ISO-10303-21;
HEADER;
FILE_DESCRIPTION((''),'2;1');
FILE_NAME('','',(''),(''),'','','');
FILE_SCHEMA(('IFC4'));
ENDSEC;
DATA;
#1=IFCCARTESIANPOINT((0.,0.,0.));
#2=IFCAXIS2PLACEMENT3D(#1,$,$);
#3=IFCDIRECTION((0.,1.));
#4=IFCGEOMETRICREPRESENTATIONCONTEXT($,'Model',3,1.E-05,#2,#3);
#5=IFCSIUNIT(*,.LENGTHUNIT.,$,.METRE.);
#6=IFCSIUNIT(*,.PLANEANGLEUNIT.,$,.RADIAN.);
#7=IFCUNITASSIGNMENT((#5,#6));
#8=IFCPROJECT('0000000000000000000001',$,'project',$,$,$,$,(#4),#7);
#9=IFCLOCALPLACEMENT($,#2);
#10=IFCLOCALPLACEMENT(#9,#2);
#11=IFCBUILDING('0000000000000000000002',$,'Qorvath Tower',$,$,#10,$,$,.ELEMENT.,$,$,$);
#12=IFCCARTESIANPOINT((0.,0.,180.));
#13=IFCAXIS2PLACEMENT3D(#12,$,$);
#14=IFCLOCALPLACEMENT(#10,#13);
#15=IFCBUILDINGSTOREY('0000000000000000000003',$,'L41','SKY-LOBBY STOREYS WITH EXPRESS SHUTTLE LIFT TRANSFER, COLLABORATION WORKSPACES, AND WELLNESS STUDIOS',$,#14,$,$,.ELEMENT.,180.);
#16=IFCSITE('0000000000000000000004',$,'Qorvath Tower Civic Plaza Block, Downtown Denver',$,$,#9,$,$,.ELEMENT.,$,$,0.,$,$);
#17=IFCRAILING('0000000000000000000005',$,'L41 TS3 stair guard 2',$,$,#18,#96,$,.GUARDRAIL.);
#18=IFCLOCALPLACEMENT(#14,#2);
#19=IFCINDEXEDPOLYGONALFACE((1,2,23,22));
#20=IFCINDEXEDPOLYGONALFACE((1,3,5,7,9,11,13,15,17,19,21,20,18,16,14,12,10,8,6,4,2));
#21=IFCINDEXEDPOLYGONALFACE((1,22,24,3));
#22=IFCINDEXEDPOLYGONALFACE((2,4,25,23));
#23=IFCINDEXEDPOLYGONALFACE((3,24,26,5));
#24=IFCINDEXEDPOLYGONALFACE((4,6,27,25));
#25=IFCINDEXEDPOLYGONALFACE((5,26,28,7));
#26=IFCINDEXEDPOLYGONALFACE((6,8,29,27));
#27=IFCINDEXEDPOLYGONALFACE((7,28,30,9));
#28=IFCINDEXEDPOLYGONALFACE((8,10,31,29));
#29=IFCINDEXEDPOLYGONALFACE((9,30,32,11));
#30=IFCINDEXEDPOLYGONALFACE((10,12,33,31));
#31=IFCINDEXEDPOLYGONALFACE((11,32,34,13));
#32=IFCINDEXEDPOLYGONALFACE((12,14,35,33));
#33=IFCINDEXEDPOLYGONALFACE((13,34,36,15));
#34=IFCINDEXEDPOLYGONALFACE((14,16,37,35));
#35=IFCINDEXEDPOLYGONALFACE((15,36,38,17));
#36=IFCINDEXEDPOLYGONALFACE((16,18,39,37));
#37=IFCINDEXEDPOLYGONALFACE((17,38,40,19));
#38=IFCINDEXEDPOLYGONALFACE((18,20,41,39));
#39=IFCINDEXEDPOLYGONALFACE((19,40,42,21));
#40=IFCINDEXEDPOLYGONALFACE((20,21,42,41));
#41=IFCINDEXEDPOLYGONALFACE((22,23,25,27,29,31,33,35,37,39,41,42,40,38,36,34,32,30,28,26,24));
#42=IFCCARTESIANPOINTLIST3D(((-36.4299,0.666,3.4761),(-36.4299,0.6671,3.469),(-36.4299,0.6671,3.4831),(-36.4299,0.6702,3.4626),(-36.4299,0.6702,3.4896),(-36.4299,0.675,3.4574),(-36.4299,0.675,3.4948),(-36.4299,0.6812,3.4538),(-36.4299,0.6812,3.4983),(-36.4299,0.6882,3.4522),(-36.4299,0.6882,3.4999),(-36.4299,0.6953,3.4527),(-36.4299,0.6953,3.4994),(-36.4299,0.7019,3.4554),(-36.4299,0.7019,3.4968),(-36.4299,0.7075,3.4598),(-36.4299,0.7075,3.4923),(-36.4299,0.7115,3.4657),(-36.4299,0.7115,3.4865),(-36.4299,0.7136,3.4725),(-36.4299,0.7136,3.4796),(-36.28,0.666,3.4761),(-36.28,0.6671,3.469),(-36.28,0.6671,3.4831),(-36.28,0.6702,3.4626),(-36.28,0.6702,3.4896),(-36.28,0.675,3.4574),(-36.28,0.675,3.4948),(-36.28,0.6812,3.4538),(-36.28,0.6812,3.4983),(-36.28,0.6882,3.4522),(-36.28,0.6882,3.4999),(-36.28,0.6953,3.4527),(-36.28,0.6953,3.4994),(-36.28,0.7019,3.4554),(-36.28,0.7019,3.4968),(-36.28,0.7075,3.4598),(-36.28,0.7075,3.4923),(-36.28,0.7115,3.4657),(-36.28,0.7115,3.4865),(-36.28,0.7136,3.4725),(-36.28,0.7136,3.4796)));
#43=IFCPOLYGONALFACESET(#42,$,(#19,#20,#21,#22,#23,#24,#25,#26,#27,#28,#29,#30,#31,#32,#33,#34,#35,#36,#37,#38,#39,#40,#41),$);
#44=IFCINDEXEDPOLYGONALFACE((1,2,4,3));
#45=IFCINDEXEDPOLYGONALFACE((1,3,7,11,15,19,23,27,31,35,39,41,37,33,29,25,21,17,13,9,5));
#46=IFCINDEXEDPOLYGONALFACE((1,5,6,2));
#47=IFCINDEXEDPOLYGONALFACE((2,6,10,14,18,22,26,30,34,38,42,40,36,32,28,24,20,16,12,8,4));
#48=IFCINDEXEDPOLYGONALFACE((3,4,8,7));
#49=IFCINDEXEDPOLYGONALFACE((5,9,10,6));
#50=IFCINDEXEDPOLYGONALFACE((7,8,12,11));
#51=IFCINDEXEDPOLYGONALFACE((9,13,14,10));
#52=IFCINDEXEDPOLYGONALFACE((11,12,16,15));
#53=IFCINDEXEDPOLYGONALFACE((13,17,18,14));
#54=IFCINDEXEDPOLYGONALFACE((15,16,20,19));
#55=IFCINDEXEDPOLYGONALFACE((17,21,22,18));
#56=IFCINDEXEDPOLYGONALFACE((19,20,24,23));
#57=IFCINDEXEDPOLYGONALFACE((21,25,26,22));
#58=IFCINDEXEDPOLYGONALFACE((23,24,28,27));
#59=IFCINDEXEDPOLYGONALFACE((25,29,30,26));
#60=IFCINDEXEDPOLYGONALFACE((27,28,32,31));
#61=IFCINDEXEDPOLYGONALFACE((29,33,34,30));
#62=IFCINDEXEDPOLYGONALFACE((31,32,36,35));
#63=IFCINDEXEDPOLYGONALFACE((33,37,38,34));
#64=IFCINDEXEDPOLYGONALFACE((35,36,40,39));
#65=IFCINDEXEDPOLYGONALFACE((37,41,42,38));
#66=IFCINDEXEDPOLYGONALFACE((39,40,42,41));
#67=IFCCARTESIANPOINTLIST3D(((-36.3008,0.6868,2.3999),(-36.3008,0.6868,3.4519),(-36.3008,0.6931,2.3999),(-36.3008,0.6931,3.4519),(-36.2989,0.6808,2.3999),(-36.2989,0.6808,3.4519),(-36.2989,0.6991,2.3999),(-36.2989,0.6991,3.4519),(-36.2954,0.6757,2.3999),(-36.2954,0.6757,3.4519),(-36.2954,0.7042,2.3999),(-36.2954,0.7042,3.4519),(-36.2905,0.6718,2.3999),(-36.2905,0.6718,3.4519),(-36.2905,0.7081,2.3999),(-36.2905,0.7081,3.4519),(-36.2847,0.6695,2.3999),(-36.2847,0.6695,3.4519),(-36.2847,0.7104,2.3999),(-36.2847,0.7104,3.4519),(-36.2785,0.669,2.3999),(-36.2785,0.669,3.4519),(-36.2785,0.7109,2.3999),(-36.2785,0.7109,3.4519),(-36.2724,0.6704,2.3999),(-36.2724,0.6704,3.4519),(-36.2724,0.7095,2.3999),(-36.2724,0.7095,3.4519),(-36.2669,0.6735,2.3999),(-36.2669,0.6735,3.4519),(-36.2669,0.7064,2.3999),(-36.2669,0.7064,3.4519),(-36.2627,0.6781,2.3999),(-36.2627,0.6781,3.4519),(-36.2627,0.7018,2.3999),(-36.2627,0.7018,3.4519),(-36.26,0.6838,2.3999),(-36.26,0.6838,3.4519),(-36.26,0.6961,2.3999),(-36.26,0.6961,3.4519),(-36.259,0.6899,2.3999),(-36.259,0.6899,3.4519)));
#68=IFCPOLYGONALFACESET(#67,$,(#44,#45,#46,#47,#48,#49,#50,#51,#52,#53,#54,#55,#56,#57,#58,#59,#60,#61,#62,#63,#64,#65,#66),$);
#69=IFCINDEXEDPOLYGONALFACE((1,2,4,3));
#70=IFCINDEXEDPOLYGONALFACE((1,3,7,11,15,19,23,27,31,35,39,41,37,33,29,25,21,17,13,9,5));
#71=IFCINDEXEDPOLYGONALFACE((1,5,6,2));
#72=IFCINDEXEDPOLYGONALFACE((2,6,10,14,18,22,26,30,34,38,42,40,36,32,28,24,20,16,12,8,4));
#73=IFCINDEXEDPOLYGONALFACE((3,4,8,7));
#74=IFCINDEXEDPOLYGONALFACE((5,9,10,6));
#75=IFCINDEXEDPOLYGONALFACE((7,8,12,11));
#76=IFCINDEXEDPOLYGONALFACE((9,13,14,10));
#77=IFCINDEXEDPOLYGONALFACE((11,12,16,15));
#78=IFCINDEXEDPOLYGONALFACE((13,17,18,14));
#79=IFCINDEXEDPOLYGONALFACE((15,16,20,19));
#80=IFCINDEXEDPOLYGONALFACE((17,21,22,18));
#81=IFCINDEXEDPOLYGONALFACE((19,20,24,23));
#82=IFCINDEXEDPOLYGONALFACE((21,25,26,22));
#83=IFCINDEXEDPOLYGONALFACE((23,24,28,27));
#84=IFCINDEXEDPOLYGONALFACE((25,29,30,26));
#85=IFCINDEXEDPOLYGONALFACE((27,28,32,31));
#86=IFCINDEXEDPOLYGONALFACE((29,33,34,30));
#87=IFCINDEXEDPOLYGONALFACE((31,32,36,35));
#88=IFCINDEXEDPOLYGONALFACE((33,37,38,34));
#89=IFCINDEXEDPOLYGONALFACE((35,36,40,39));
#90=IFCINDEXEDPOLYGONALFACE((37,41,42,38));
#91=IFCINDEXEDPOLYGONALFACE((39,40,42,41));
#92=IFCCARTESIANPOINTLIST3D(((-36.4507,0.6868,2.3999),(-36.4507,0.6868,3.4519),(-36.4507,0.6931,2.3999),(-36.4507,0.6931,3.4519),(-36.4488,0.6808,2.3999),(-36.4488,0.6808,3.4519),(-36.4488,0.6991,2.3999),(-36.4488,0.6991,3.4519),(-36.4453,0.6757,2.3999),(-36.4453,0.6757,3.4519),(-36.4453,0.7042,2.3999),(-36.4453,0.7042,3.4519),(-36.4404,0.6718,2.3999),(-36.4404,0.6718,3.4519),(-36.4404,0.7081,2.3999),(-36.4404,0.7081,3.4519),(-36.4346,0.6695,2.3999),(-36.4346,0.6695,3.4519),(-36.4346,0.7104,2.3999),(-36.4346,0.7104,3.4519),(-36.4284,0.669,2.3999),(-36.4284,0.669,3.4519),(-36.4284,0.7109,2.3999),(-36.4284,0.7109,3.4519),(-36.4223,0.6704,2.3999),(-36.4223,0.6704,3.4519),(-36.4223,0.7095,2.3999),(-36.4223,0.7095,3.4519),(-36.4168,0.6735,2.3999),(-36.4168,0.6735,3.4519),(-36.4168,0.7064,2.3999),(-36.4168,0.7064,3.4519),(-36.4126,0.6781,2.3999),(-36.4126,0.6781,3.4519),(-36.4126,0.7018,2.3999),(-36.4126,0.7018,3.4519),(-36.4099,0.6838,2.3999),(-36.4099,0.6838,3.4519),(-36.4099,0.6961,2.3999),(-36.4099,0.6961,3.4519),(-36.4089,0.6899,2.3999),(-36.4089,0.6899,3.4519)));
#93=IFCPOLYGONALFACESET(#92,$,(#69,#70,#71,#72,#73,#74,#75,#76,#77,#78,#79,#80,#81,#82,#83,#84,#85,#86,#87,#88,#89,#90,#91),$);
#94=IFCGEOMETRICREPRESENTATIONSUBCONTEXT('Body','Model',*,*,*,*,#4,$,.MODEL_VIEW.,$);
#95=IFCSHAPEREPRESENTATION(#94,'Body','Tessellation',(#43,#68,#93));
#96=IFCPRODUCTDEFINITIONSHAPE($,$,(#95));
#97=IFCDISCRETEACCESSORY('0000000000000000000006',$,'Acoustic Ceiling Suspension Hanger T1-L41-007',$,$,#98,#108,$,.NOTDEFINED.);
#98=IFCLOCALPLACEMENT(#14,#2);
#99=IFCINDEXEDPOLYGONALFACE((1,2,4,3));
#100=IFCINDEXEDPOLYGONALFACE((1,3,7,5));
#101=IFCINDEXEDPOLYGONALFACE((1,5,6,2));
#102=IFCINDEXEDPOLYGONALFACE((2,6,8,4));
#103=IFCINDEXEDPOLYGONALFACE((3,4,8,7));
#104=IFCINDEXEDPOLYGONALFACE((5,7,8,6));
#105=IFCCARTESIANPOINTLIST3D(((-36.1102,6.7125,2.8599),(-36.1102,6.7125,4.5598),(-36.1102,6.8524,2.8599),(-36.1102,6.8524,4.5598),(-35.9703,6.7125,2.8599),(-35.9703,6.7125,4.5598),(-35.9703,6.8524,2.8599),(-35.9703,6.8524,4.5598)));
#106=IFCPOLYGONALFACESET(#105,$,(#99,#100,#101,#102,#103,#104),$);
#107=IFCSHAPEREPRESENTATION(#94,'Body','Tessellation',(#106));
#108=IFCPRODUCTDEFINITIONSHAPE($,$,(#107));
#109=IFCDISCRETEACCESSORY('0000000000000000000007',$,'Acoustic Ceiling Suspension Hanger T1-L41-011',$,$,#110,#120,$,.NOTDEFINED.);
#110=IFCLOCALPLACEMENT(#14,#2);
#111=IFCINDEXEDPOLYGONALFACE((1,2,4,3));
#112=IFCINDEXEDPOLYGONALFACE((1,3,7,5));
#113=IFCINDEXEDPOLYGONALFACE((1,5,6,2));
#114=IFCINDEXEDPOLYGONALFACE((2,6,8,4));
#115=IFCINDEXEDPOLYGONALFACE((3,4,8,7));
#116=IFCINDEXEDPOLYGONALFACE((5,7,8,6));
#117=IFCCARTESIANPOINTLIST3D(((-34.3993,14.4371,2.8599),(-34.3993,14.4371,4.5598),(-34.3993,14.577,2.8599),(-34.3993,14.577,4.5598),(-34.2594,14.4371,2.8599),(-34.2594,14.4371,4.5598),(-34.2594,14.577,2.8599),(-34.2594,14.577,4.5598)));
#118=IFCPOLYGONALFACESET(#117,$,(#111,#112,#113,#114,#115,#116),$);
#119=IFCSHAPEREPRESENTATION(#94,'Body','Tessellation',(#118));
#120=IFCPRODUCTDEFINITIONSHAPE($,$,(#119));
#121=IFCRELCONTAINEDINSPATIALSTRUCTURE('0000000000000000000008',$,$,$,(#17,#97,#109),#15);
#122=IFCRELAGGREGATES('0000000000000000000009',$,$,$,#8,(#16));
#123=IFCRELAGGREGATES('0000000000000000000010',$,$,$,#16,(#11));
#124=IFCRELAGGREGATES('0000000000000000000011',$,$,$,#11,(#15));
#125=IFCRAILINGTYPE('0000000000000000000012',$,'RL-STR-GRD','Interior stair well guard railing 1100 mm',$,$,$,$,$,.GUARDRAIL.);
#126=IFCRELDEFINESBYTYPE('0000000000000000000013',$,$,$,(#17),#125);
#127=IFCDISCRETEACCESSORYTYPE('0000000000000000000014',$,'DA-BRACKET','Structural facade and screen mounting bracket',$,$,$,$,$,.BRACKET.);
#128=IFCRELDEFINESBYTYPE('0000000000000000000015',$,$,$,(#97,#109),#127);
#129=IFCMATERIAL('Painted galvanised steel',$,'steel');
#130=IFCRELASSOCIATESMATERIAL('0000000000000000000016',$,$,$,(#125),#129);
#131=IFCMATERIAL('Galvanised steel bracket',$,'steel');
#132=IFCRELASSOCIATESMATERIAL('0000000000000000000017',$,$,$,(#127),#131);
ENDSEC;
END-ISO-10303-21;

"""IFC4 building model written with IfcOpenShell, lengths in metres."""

from ifc_helpers import new_model, si_unit, direction, frame, origin, origin_2d, place, context, subcontext, project, spatial, rectangle, circle, extrude, material, type_object, element, save


model = new_model("IFC4")

# Units and contexts
model_context = context("Model", 3, precision=1e-05, world=origin(), true_north=direction((0.0, 1.0)))
body_context = subcontext(model_context, "Body", "Model", "MODEL_VIEW")
ifc_project = project(units=[si_unit("LENGTHUNIT", "METRE"), si_unit("PLANEANGLEUNIT", "RADIAN")], contexts=[model_context])

# Site, building, storey
site_placement = place(None, origin())
site = spatial("IfcSite", under=ifc_project, at=site_placement, Name="Qorvath Tower Civic Plaza Block, Downtown Denver", CompositionType="ELEMENT", RefElevation=0.0)
building_placement = place(site_placement, origin())
building = spatial("IfcBuilding", under=site, at=building_placement, Name="Qorvath Tower", CompositionType="ELEMENT")
storey_placement = place(building_placement, frame((0.0, 0.0, 180.0)))
storey = spatial("IfcBuildingStorey", under=building, at=storey_placement, Name="L41", Description="SKY-LOBBY STOREYS WITH EXPRESS SHUTTLE LIFT TRANSFER, COLLABORATION WORKSPACES, AND WELLNESS STUDIOS", CompositionType="ELEMENT", Elevation=180.0)

# Railing
ifc_material_1 = material(Name="Painted galvanised steel", Category="steel")
railing_type = type_object("IfcRailingType", Name="RL-STR-GRD", Description="Interior stair well guard railing 1100 mm", PredefinedType="GUARDRAIL", material=ifc_material_1)
railing_placement = place(storey_placement, frame((-36.28, 0.6899, 2.3999)))
element("IfcRailing", 1, at=railing_placement, inside=storey, type_object=railing_type, Name="L41 TS3 stair guard 2", PredefinedType="GUARDRAIL", context=body_context, shape_type="SweptSolid", body=[
    extrude(circle(Radius=0.0239, at=origin_2d()), frame((0.0, 0.0, 1.0762), z_axis=(-1.0, 0.0, 0.0), x_axis=(0.0, -1.0, 0.0)), (0.0, 0.0, 1.0), 0.1499),
    extrude(circle(Radius=0.021, at=origin_2d()), origin(), (0.0, 0.0, 1.0), 1.052),
    extrude(circle(Radius=0.021, at=origin_2d()), frame((-0.1499, 0.0, 0.0)), (0.0, 0.0, 1.0), 1.052),
])

# Discrete accessories
ifc_material_2 = material(Name="Galvanised steel bracket", Category="steel")
discrete_accessory_type = type_object("IfcDiscreteAccessoryType", Name="DA-BRACKET", Description="Structural facade and screen mounting bracket", PredefinedType="BRACKET", material=ifc_material_2)
for number, where, z_axis, x_axis, name in (
    (2, (-36.0403, 6.7825, 2.8599), (0.0, 0.0, 1.0), (1.0, 0.0, 0.0), "Acoustic Ceiling Suspension Hanger T1-L41-007"),
    (3, (-34.3293, 14.5071, 2.8599), (0.0, 0.0, 1.0), (1.0, 0.0, 0.0), "Acoustic Ceiling Suspension Hanger T1-L41-011"),
):
    element("IfcDiscreteAccessory", number, at=place(storey_placement, frame(where, z_axis=z_axis, x_axis=x_axis)), inside=storey, type_object=discrete_accessory_type, Name=name, PredefinedType="NOTDEFINED", context=body_context, shape_type="SweptSolid", body=[
        extrude(rectangle(XDim=0.1399, YDim=0.1399, at=origin_2d()), origin(), (0.0, 0.0, 1.0), 1.7),
    ])

save(model, "model.ifc")
